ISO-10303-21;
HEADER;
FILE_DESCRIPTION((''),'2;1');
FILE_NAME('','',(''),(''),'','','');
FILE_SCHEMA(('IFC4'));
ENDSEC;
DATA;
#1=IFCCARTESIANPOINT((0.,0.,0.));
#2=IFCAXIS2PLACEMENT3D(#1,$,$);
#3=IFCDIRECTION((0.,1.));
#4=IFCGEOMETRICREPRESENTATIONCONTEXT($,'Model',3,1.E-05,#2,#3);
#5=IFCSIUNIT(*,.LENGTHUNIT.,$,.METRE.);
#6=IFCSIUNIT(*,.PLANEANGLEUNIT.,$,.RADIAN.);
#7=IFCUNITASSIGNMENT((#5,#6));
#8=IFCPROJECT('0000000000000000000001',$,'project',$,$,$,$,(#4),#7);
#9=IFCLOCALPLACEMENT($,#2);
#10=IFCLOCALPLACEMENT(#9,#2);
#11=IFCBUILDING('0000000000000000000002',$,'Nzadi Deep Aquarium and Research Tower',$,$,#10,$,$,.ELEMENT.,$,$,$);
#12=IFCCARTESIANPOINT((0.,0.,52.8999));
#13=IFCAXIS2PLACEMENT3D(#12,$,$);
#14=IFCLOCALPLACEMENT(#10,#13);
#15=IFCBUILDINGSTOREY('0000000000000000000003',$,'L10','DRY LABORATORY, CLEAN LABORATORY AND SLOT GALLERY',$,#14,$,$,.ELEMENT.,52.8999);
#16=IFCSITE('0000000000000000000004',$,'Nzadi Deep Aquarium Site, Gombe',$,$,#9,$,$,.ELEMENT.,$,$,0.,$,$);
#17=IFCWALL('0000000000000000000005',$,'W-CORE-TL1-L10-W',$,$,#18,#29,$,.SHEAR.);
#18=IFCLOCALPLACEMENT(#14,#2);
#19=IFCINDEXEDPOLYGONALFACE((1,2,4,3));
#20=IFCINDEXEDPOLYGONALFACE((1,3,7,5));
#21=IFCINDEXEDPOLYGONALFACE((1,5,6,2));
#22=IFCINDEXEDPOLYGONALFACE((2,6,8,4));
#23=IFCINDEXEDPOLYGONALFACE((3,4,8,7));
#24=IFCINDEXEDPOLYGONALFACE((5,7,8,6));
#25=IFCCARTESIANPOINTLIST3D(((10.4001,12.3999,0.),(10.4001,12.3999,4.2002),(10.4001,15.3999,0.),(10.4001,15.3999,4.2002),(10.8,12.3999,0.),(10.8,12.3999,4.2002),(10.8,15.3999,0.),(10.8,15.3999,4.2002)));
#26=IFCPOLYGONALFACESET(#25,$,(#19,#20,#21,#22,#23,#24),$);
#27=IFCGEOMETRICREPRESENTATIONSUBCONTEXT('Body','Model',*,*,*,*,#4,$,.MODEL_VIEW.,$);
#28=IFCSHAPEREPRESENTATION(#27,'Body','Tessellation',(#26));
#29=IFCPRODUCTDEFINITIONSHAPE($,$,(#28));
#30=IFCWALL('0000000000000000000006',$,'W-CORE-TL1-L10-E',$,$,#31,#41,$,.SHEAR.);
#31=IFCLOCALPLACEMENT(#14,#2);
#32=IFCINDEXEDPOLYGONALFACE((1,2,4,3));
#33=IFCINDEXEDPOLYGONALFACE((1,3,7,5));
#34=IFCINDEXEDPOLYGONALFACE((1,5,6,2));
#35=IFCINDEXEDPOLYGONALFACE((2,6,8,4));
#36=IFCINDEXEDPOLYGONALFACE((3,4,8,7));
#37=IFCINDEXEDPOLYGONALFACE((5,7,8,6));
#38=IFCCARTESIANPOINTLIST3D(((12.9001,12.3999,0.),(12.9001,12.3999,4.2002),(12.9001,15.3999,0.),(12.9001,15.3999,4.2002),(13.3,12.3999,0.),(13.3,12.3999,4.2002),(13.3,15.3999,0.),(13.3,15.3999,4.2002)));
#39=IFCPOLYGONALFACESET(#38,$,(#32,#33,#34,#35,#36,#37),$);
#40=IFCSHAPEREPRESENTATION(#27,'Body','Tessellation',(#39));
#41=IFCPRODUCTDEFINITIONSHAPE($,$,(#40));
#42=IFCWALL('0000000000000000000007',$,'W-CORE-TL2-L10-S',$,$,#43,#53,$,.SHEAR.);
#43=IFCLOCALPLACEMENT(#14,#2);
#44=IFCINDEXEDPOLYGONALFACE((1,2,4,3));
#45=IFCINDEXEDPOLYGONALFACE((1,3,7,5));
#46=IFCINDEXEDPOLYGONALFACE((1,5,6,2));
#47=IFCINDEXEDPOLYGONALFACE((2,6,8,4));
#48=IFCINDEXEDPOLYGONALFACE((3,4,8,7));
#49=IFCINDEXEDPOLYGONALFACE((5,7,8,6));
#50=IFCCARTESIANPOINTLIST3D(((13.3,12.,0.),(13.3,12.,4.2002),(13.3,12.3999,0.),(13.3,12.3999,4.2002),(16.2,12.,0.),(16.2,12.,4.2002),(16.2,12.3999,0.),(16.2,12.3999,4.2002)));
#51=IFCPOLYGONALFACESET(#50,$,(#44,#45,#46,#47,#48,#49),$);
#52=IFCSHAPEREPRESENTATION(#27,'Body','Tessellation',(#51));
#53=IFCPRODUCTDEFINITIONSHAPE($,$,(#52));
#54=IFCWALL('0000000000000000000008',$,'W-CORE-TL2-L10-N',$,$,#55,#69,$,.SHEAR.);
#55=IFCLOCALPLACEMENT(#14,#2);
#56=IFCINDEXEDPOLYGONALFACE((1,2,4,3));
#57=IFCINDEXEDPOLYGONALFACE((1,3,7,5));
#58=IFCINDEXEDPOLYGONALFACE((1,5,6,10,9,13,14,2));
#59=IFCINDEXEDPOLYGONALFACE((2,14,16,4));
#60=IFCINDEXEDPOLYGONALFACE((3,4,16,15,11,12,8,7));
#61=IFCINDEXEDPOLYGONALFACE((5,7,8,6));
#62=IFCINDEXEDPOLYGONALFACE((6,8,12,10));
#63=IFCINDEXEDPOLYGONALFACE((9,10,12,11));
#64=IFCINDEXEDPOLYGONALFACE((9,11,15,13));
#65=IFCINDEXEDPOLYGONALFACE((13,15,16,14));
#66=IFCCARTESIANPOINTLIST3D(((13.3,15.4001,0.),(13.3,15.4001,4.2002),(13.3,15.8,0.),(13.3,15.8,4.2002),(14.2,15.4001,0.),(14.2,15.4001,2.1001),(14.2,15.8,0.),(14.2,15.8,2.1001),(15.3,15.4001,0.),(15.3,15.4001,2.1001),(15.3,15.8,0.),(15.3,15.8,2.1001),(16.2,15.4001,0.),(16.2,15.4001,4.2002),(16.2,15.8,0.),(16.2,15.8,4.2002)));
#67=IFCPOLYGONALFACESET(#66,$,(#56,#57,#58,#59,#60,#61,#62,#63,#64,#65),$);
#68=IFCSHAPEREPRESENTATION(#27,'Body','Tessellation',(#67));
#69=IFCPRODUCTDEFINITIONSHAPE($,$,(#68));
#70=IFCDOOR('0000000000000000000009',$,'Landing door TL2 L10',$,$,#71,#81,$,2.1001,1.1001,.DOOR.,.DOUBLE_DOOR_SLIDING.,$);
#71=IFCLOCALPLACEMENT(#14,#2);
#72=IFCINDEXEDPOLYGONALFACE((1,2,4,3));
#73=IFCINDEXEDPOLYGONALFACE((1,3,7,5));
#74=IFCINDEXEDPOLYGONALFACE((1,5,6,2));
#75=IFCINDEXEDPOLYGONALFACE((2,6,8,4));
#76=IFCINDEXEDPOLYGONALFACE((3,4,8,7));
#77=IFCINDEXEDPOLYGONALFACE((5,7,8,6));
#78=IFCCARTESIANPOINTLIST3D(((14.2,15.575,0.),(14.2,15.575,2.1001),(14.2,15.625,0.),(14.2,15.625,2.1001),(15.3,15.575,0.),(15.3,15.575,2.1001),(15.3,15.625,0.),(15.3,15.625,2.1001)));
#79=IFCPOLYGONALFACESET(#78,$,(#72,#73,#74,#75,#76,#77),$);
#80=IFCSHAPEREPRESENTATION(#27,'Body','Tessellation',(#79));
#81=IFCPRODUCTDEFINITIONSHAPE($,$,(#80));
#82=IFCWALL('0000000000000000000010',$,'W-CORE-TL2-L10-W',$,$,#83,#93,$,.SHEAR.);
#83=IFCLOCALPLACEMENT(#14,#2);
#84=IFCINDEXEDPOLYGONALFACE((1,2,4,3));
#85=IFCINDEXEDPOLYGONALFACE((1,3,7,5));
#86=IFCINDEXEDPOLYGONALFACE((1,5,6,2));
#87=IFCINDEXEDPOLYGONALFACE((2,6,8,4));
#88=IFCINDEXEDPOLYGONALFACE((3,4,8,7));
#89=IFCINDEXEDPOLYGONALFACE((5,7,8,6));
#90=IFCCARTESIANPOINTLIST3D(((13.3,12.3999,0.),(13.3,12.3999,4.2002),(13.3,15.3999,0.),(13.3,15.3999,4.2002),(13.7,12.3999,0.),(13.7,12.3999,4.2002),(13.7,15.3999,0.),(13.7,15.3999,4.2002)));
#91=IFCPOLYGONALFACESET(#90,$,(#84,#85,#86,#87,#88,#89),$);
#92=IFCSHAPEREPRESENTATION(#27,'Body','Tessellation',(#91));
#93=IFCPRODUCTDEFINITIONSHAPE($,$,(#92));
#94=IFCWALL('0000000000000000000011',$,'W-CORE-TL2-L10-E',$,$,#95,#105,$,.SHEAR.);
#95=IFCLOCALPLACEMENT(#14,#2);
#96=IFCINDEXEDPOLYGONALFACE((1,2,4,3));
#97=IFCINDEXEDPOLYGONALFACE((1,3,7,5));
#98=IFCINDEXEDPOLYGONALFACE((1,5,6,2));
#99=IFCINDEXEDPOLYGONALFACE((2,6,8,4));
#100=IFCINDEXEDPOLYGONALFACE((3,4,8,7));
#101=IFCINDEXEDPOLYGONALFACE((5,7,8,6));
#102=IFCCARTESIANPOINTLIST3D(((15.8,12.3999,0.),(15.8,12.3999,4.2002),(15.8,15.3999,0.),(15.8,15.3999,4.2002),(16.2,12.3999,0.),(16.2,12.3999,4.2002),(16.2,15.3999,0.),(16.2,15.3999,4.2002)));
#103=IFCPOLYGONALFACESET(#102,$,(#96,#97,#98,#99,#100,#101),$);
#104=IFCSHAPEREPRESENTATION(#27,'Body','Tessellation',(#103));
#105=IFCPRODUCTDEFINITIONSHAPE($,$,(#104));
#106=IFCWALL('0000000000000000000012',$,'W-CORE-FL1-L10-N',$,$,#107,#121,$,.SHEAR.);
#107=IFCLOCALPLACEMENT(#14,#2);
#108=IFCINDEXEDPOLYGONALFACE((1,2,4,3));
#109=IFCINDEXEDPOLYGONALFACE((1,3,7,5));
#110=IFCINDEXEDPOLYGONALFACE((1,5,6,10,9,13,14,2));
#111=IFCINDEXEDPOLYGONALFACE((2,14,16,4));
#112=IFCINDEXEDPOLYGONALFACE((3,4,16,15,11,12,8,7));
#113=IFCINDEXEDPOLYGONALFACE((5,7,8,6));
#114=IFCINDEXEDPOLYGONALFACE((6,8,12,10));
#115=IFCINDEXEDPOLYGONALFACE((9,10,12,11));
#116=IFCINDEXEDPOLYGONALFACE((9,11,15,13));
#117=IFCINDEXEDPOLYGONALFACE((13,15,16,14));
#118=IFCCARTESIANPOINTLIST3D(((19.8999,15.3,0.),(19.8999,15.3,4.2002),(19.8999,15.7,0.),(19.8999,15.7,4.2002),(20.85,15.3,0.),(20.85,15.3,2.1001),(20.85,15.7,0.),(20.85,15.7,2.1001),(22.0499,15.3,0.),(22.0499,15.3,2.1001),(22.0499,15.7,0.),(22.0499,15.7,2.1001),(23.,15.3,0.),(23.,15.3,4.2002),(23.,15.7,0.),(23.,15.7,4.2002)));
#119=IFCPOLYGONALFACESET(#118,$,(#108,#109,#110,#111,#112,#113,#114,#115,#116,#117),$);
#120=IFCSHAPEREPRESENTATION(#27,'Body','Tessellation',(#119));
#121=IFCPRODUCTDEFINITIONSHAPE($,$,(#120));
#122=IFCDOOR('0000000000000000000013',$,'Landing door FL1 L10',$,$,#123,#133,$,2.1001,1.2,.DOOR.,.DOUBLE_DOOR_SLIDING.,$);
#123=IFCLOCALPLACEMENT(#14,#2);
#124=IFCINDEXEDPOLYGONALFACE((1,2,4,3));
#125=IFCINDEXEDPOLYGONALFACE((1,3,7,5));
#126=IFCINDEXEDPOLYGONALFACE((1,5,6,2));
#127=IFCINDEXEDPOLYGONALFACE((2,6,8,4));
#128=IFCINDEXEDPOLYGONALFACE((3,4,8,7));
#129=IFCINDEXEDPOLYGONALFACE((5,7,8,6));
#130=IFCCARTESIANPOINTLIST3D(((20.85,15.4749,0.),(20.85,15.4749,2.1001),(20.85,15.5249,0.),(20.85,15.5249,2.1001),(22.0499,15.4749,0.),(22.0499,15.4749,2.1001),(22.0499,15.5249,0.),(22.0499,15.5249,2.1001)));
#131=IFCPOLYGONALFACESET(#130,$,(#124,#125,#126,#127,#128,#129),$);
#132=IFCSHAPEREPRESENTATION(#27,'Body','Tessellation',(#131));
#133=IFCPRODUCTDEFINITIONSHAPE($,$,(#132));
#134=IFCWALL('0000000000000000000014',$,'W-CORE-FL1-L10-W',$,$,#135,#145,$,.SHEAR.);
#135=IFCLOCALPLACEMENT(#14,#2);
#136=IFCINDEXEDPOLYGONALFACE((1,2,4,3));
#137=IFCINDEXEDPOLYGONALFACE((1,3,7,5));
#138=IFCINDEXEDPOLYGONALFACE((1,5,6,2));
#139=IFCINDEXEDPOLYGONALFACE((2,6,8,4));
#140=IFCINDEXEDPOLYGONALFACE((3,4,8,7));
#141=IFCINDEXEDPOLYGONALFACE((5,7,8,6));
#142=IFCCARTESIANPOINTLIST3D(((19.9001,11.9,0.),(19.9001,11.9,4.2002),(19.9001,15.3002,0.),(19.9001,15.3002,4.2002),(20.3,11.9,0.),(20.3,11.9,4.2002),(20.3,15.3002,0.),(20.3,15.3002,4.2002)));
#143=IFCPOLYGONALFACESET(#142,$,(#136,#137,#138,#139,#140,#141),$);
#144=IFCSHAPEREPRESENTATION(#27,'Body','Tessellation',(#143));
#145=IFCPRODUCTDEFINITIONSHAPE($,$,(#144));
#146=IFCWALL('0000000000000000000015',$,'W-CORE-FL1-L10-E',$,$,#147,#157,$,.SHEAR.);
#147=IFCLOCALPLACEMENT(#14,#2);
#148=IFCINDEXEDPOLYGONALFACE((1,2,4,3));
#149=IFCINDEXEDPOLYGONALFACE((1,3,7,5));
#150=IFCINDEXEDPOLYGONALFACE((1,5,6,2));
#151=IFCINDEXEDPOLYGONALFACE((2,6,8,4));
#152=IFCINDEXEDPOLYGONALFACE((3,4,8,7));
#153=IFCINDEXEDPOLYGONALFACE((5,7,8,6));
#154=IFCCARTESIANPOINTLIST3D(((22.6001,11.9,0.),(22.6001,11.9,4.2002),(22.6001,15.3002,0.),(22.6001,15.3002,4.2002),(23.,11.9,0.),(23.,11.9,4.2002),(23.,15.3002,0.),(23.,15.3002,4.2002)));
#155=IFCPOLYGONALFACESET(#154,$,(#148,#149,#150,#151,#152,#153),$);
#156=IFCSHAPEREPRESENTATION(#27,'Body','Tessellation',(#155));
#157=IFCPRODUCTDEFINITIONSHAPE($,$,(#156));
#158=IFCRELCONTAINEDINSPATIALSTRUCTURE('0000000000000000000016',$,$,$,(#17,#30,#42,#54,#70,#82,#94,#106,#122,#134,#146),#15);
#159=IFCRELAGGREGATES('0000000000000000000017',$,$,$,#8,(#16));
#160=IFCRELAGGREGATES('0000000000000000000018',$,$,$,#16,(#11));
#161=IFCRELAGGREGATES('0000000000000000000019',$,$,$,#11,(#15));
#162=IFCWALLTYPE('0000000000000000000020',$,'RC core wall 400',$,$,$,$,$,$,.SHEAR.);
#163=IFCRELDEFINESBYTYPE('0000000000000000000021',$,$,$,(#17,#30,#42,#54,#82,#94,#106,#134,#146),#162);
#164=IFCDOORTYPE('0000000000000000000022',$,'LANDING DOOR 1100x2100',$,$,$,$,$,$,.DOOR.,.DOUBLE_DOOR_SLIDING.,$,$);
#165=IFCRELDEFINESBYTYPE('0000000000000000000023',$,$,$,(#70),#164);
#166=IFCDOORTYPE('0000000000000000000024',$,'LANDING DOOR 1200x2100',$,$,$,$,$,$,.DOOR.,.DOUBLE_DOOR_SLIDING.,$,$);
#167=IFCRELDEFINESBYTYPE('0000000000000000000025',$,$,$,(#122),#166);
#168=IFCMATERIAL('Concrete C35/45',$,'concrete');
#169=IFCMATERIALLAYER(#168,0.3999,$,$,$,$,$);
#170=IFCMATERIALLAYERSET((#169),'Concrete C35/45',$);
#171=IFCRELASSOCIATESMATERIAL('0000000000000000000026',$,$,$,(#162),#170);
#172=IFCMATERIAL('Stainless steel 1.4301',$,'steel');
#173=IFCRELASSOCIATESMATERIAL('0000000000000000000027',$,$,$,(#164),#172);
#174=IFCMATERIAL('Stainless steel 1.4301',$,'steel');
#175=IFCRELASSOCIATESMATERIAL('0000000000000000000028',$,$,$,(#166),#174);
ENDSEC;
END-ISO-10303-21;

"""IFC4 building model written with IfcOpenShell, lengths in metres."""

from ifc_helpers import new_model, si_unit, direction, frame, frame_2d, origin, place, context, subcontext, project, spatial, rectangle, extrude, material, layer, layer_set, type_object, element, fill, save


model = new_model("IFC4")

# Units and contexts
model_context = context("Model", 3, precision=1e-05, world=origin(), true_north=direction((0.0, 1.0)))
body_context = subcontext(model_context, "Body", "Model", "MODEL_VIEW")
ifc_project = project(units=[si_unit("LENGTHUNIT", "METRE"), si_unit("PLANEANGLEUNIT", "RADIAN")], contexts=[model_context])

# Site, building, storey
site_placement = place(None, origin())
site = spatial("IfcSite", under=ifc_project, at=site_placement, Name="Nzadi Deep Aquarium Site, Gombe", CompositionType="ELEMENT", RefElevation=0.0)
building_placement = place(site_placement, origin())
building = spatial("IfcBuilding", under=site, at=building_placement, Name="Nzadi Deep Aquarium and Research Tower", CompositionType="ELEMENT")
storey_placement = place(building_placement, frame((0.0, 0.0, 52.8999)))
storey = spatial("IfcBuildingStorey", under=building, at=storey_placement, Name="L10", Description="DRY LABORATORY, CLEAN LABORATORY AND SLOT GALLERY", CompositionType="ELEMENT", Elevation=52.8999)

# Shared definitions
ifc_material_1 = material(Name="Concrete C35/45", Category="concrete")
ifc_layer_1 = layer(ifc_material_1, 0.3999)
ifc_layer_set_1 = layer_set([ifc_layer_1], Name="Concrete C35/45")
wall_type_1 = type_object("IfcWallType", Name="RC core wall 400", PredefinedType="SHEAR", material=ifc_layer_set_1)

# Shared definitions
ifc_material_2 = material(Name="Stainless steel 1.4301", Category="steel")
door_type_1 = type_object("IfcDoorType", Name="LANDING DOOR 1100x2100", OperationType="DOUBLE_DOOR_SLIDING", PredefinedType="DOOR", material=ifc_material_2)

# Walls
for number, where, z_axis, x_axis, name in (
    (1, (10.6001, 12.3999, 0.0), (0.0, 0.0, 1.0), (0.0, 1.0, 0.0), "W-CORE-TL1-L10-W"),
    (2, (13.1001, 12.3999, 0.0), (0.0, 0.0, 1.0), (0.0, 1.0, 0.0), "W-CORE-TL1-L10-E"),
):
    element("IfcWall", number, at=place(storey_placement, frame(where, z_axis=z_axis, x_axis=x_axis)), inside=storey, type_object=wall_type_1, Name=name, PredefinedType="SHEAR", context=body_context, shape_type="SweptSolid", body=[
        extrude(rectangle(XDim=3.0, YDim=0.3999, at=frame_2d((1.5, 0.0))), origin(), (0.0, 0.0, 1.0), 4.2002),
    ])
wall_1_placement = place(storey_placement, frame((13.3, 12.2, 0.0), z_axis=(0.0, 0.0, 1.0), x_axis=(1.0, 0.0, 0.0)))
element("IfcWall", 3, at=wall_1_placement, inside=storey, type_object=wall_type_1, Name="W-CORE-TL2-L10-S", PredefinedType="SHEAR", context=body_context, shape_type="SweptSolid", body=[
    extrude(rectangle(XDim=2.8999, YDim=0.3999, at=frame_2d((1.45, 0.0))), origin(), (0.0, 0.0, 1.0), 4.2002),
])

# Wall, opening, door
wall_2_placement = place(storey_placement, frame((13.3, 15.6001, 0.0), z_axis=(0.0, 0.0, 1.0), x_axis=(1.0, 0.0, 0.0)))
wall_2 = element("IfcWall", 4, at=wall_2_placement, inside=storey, type_object=wall_type_1, Name="W-CORE-TL2-L10-N", PredefinedType="SHEAR", context=body_context, shape_type="SweptSolid", body=[
    extrude(rectangle(XDim=2.8999, YDim=0.3999, at=frame_2d((1.45, 0.0))), origin(), (0.0, 0.0, 1.0), 4.2002),
])
opening_1_placement = place(wall_2_placement, frame((0.8999, 0.0, 0.0)))
opening_1 = element("IfcOpeningElement", 5, at=opening_1_placement, cuts=wall_2, PredefinedType="OPENING", context=body_context, shape_type="SweptSolid", body=[
    extrude(rectangle(XDim=1.1001, YDim=2.1001, at=frame_2d((0.55, 1.05))), frame((0.0, 0.21, 0.0), z_axis=(0.0, -1.0, 0.0), x_axis=(1.0, 0.0, 0.0)), (0.0, 0.0, 1.0), 0.4199),
])
door_1_placement = place(opening_1_placement, origin())
door_1 = element("IfcDoor", 6, at=door_1_placement, inside=storey, type_object=door_type_1, Name="Landing door TL2 L10", OperationType="DOUBLE_DOOR_SLIDING", OverallHeight=2.1001, OverallWidth=1.1001, PredefinedType="DOOR", context=body_context, shape_type="SweptSolid", body=[
    extrude(rectangle(XDim=1.1001, YDim=2.1001, at=frame_2d((0.55, 1.05))), frame((0.0, 0.0249, 0.0), z_axis=(0.0, -1.0, 0.0), x_axis=(1.0, 0.0, 0.0)), (0.0, 0.0, 1.0), 0.05),
])
fill(opening_1, door_1)

# Walls
for number, where, z_axis, x_axis, name in (
    (7, (13.5, 12.3999, 0.0), (0.0, 0.0, 1.0), (0.0, 1.0, 0.0), "W-CORE-TL2-L10-W"),
    (8, (16.0, 12.3999, 0.0), (0.0, 0.0, 1.0), (0.0, 1.0, 0.0), "W-CORE-TL2-L10-E"),
):
    element("IfcWall", number, at=place(storey_placement, frame(where, z_axis=z_axis, x_axis=x_axis)), inside=storey, type_object=wall_type_1, Name=name, PredefinedType="SHEAR", context=body_context, shape_type="SweptSolid", body=[
        extrude(rectangle(XDim=3.0, YDim=0.3999, at=frame_2d((1.5, 0.0))), origin(), (0.0, 0.0, 1.0), 4.2002),
    ])

# Wall, opening, door
wall_3_placement = place(storey_placement, frame((19.8999, 15.5, 0.0), z_axis=(0.0, 0.0, 1.0), x_axis=(1.0, 0.0, 0.0)))
wall_3 = element("IfcWall", 9, at=wall_3_placement, inside=storey, type_object=wall_type_1, Name="W-CORE-FL1-L10-N", PredefinedType="SHEAR", context=body_context, shape_type="SweptSolid", body=[
    extrude(rectangle(XDim=3.1001, YDim=0.3999, at=frame_2d((1.55, 0.0))), origin(), (0.0, 0.0, 1.0), 4.2002),
])
opening_2_placement = place(wall_3_placement, frame((0.95, 0.0, 0.0)))
opening_2 = element("IfcOpeningElement", 10, at=opening_2_placement, cuts=wall_3, PredefinedType="OPENING", context=body_context, shape_type="SweptSolid", body=[
    extrude(rectangle(XDim=1.2, YDim=2.1001, at=frame_2d((0.6001, 1.05))), frame((0.0, 0.21, 0.0), z_axis=(0.0, -1.0, 0.0), x_axis=(1.0, 0.0, 0.0)), (0.0, 0.0, 1.0), 0.4199),
])
ifc_material_3 = material(Name="Stainless steel 1.4301", Category="steel")
door_type_2 = type_object("IfcDoorType", Name="LANDING DOOR 1200x2100", OperationType="DOUBLE_DOOR_SLIDING", PredefinedType="DOOR", material=ifc_material_3)
door_2_placement = place(opening_2_placement, origin())
door_2 = element("IfcDoor", 11, at=door_2_placement, inside=storey, type_object=door_type_2, Name="Landing door FL1 L10", OperationType="DOUBLE_DOOR_SLIDING", OverallHeight=2.1001, OverallWidth=1.2, PredefinedType="DOOR", context=body_context, shape_type="SweptSolid", body=[
    extrude(rectangle(XDim=1.2, YDim=2.1001, at=frame_2d((0.6001, 1.05))), frame((0.0, 0.0249, 0.0), z_axis=(0.0, -1.0, 0.0), x_axis=(1.0, 0.0, 0.0)), (0.0, 0.0, 1.0), 0.05),
])
fill(opening_2, door_2)

# Walls
for number, where, z_axis, x_axis, name in (
    (12, (20.1001, 11.8999, 0.0), (0.0, 0.0, 1.0), (0.0, 1.0, 0.0), "W-CORE-FL1-L10-W"),
    (13, (22.8, 11.8999, 0.0), (0.0, 0.0, 1.0), (0.0, 1.0, 0.0), "W-CORE-FL1-L10-E"),
):
    element("IfcWall", number, at=place(storey_placement, frame(where, z_axis=z_axis, x_axis=x_axis)), inside=storey, type_object=wall_type_1, Name=name, PredefinedType="SHEAR", context=body_context, shape_type="SweptSolid", body=[
        extrude(rectangle(XDim=3.4001, YDim=0.3999, at=frame_2d((1.7002, 0.0))), origin(), (0.0, 0.0, 1.0), 4.2002),
    ])

save(model, "model.ifc")
